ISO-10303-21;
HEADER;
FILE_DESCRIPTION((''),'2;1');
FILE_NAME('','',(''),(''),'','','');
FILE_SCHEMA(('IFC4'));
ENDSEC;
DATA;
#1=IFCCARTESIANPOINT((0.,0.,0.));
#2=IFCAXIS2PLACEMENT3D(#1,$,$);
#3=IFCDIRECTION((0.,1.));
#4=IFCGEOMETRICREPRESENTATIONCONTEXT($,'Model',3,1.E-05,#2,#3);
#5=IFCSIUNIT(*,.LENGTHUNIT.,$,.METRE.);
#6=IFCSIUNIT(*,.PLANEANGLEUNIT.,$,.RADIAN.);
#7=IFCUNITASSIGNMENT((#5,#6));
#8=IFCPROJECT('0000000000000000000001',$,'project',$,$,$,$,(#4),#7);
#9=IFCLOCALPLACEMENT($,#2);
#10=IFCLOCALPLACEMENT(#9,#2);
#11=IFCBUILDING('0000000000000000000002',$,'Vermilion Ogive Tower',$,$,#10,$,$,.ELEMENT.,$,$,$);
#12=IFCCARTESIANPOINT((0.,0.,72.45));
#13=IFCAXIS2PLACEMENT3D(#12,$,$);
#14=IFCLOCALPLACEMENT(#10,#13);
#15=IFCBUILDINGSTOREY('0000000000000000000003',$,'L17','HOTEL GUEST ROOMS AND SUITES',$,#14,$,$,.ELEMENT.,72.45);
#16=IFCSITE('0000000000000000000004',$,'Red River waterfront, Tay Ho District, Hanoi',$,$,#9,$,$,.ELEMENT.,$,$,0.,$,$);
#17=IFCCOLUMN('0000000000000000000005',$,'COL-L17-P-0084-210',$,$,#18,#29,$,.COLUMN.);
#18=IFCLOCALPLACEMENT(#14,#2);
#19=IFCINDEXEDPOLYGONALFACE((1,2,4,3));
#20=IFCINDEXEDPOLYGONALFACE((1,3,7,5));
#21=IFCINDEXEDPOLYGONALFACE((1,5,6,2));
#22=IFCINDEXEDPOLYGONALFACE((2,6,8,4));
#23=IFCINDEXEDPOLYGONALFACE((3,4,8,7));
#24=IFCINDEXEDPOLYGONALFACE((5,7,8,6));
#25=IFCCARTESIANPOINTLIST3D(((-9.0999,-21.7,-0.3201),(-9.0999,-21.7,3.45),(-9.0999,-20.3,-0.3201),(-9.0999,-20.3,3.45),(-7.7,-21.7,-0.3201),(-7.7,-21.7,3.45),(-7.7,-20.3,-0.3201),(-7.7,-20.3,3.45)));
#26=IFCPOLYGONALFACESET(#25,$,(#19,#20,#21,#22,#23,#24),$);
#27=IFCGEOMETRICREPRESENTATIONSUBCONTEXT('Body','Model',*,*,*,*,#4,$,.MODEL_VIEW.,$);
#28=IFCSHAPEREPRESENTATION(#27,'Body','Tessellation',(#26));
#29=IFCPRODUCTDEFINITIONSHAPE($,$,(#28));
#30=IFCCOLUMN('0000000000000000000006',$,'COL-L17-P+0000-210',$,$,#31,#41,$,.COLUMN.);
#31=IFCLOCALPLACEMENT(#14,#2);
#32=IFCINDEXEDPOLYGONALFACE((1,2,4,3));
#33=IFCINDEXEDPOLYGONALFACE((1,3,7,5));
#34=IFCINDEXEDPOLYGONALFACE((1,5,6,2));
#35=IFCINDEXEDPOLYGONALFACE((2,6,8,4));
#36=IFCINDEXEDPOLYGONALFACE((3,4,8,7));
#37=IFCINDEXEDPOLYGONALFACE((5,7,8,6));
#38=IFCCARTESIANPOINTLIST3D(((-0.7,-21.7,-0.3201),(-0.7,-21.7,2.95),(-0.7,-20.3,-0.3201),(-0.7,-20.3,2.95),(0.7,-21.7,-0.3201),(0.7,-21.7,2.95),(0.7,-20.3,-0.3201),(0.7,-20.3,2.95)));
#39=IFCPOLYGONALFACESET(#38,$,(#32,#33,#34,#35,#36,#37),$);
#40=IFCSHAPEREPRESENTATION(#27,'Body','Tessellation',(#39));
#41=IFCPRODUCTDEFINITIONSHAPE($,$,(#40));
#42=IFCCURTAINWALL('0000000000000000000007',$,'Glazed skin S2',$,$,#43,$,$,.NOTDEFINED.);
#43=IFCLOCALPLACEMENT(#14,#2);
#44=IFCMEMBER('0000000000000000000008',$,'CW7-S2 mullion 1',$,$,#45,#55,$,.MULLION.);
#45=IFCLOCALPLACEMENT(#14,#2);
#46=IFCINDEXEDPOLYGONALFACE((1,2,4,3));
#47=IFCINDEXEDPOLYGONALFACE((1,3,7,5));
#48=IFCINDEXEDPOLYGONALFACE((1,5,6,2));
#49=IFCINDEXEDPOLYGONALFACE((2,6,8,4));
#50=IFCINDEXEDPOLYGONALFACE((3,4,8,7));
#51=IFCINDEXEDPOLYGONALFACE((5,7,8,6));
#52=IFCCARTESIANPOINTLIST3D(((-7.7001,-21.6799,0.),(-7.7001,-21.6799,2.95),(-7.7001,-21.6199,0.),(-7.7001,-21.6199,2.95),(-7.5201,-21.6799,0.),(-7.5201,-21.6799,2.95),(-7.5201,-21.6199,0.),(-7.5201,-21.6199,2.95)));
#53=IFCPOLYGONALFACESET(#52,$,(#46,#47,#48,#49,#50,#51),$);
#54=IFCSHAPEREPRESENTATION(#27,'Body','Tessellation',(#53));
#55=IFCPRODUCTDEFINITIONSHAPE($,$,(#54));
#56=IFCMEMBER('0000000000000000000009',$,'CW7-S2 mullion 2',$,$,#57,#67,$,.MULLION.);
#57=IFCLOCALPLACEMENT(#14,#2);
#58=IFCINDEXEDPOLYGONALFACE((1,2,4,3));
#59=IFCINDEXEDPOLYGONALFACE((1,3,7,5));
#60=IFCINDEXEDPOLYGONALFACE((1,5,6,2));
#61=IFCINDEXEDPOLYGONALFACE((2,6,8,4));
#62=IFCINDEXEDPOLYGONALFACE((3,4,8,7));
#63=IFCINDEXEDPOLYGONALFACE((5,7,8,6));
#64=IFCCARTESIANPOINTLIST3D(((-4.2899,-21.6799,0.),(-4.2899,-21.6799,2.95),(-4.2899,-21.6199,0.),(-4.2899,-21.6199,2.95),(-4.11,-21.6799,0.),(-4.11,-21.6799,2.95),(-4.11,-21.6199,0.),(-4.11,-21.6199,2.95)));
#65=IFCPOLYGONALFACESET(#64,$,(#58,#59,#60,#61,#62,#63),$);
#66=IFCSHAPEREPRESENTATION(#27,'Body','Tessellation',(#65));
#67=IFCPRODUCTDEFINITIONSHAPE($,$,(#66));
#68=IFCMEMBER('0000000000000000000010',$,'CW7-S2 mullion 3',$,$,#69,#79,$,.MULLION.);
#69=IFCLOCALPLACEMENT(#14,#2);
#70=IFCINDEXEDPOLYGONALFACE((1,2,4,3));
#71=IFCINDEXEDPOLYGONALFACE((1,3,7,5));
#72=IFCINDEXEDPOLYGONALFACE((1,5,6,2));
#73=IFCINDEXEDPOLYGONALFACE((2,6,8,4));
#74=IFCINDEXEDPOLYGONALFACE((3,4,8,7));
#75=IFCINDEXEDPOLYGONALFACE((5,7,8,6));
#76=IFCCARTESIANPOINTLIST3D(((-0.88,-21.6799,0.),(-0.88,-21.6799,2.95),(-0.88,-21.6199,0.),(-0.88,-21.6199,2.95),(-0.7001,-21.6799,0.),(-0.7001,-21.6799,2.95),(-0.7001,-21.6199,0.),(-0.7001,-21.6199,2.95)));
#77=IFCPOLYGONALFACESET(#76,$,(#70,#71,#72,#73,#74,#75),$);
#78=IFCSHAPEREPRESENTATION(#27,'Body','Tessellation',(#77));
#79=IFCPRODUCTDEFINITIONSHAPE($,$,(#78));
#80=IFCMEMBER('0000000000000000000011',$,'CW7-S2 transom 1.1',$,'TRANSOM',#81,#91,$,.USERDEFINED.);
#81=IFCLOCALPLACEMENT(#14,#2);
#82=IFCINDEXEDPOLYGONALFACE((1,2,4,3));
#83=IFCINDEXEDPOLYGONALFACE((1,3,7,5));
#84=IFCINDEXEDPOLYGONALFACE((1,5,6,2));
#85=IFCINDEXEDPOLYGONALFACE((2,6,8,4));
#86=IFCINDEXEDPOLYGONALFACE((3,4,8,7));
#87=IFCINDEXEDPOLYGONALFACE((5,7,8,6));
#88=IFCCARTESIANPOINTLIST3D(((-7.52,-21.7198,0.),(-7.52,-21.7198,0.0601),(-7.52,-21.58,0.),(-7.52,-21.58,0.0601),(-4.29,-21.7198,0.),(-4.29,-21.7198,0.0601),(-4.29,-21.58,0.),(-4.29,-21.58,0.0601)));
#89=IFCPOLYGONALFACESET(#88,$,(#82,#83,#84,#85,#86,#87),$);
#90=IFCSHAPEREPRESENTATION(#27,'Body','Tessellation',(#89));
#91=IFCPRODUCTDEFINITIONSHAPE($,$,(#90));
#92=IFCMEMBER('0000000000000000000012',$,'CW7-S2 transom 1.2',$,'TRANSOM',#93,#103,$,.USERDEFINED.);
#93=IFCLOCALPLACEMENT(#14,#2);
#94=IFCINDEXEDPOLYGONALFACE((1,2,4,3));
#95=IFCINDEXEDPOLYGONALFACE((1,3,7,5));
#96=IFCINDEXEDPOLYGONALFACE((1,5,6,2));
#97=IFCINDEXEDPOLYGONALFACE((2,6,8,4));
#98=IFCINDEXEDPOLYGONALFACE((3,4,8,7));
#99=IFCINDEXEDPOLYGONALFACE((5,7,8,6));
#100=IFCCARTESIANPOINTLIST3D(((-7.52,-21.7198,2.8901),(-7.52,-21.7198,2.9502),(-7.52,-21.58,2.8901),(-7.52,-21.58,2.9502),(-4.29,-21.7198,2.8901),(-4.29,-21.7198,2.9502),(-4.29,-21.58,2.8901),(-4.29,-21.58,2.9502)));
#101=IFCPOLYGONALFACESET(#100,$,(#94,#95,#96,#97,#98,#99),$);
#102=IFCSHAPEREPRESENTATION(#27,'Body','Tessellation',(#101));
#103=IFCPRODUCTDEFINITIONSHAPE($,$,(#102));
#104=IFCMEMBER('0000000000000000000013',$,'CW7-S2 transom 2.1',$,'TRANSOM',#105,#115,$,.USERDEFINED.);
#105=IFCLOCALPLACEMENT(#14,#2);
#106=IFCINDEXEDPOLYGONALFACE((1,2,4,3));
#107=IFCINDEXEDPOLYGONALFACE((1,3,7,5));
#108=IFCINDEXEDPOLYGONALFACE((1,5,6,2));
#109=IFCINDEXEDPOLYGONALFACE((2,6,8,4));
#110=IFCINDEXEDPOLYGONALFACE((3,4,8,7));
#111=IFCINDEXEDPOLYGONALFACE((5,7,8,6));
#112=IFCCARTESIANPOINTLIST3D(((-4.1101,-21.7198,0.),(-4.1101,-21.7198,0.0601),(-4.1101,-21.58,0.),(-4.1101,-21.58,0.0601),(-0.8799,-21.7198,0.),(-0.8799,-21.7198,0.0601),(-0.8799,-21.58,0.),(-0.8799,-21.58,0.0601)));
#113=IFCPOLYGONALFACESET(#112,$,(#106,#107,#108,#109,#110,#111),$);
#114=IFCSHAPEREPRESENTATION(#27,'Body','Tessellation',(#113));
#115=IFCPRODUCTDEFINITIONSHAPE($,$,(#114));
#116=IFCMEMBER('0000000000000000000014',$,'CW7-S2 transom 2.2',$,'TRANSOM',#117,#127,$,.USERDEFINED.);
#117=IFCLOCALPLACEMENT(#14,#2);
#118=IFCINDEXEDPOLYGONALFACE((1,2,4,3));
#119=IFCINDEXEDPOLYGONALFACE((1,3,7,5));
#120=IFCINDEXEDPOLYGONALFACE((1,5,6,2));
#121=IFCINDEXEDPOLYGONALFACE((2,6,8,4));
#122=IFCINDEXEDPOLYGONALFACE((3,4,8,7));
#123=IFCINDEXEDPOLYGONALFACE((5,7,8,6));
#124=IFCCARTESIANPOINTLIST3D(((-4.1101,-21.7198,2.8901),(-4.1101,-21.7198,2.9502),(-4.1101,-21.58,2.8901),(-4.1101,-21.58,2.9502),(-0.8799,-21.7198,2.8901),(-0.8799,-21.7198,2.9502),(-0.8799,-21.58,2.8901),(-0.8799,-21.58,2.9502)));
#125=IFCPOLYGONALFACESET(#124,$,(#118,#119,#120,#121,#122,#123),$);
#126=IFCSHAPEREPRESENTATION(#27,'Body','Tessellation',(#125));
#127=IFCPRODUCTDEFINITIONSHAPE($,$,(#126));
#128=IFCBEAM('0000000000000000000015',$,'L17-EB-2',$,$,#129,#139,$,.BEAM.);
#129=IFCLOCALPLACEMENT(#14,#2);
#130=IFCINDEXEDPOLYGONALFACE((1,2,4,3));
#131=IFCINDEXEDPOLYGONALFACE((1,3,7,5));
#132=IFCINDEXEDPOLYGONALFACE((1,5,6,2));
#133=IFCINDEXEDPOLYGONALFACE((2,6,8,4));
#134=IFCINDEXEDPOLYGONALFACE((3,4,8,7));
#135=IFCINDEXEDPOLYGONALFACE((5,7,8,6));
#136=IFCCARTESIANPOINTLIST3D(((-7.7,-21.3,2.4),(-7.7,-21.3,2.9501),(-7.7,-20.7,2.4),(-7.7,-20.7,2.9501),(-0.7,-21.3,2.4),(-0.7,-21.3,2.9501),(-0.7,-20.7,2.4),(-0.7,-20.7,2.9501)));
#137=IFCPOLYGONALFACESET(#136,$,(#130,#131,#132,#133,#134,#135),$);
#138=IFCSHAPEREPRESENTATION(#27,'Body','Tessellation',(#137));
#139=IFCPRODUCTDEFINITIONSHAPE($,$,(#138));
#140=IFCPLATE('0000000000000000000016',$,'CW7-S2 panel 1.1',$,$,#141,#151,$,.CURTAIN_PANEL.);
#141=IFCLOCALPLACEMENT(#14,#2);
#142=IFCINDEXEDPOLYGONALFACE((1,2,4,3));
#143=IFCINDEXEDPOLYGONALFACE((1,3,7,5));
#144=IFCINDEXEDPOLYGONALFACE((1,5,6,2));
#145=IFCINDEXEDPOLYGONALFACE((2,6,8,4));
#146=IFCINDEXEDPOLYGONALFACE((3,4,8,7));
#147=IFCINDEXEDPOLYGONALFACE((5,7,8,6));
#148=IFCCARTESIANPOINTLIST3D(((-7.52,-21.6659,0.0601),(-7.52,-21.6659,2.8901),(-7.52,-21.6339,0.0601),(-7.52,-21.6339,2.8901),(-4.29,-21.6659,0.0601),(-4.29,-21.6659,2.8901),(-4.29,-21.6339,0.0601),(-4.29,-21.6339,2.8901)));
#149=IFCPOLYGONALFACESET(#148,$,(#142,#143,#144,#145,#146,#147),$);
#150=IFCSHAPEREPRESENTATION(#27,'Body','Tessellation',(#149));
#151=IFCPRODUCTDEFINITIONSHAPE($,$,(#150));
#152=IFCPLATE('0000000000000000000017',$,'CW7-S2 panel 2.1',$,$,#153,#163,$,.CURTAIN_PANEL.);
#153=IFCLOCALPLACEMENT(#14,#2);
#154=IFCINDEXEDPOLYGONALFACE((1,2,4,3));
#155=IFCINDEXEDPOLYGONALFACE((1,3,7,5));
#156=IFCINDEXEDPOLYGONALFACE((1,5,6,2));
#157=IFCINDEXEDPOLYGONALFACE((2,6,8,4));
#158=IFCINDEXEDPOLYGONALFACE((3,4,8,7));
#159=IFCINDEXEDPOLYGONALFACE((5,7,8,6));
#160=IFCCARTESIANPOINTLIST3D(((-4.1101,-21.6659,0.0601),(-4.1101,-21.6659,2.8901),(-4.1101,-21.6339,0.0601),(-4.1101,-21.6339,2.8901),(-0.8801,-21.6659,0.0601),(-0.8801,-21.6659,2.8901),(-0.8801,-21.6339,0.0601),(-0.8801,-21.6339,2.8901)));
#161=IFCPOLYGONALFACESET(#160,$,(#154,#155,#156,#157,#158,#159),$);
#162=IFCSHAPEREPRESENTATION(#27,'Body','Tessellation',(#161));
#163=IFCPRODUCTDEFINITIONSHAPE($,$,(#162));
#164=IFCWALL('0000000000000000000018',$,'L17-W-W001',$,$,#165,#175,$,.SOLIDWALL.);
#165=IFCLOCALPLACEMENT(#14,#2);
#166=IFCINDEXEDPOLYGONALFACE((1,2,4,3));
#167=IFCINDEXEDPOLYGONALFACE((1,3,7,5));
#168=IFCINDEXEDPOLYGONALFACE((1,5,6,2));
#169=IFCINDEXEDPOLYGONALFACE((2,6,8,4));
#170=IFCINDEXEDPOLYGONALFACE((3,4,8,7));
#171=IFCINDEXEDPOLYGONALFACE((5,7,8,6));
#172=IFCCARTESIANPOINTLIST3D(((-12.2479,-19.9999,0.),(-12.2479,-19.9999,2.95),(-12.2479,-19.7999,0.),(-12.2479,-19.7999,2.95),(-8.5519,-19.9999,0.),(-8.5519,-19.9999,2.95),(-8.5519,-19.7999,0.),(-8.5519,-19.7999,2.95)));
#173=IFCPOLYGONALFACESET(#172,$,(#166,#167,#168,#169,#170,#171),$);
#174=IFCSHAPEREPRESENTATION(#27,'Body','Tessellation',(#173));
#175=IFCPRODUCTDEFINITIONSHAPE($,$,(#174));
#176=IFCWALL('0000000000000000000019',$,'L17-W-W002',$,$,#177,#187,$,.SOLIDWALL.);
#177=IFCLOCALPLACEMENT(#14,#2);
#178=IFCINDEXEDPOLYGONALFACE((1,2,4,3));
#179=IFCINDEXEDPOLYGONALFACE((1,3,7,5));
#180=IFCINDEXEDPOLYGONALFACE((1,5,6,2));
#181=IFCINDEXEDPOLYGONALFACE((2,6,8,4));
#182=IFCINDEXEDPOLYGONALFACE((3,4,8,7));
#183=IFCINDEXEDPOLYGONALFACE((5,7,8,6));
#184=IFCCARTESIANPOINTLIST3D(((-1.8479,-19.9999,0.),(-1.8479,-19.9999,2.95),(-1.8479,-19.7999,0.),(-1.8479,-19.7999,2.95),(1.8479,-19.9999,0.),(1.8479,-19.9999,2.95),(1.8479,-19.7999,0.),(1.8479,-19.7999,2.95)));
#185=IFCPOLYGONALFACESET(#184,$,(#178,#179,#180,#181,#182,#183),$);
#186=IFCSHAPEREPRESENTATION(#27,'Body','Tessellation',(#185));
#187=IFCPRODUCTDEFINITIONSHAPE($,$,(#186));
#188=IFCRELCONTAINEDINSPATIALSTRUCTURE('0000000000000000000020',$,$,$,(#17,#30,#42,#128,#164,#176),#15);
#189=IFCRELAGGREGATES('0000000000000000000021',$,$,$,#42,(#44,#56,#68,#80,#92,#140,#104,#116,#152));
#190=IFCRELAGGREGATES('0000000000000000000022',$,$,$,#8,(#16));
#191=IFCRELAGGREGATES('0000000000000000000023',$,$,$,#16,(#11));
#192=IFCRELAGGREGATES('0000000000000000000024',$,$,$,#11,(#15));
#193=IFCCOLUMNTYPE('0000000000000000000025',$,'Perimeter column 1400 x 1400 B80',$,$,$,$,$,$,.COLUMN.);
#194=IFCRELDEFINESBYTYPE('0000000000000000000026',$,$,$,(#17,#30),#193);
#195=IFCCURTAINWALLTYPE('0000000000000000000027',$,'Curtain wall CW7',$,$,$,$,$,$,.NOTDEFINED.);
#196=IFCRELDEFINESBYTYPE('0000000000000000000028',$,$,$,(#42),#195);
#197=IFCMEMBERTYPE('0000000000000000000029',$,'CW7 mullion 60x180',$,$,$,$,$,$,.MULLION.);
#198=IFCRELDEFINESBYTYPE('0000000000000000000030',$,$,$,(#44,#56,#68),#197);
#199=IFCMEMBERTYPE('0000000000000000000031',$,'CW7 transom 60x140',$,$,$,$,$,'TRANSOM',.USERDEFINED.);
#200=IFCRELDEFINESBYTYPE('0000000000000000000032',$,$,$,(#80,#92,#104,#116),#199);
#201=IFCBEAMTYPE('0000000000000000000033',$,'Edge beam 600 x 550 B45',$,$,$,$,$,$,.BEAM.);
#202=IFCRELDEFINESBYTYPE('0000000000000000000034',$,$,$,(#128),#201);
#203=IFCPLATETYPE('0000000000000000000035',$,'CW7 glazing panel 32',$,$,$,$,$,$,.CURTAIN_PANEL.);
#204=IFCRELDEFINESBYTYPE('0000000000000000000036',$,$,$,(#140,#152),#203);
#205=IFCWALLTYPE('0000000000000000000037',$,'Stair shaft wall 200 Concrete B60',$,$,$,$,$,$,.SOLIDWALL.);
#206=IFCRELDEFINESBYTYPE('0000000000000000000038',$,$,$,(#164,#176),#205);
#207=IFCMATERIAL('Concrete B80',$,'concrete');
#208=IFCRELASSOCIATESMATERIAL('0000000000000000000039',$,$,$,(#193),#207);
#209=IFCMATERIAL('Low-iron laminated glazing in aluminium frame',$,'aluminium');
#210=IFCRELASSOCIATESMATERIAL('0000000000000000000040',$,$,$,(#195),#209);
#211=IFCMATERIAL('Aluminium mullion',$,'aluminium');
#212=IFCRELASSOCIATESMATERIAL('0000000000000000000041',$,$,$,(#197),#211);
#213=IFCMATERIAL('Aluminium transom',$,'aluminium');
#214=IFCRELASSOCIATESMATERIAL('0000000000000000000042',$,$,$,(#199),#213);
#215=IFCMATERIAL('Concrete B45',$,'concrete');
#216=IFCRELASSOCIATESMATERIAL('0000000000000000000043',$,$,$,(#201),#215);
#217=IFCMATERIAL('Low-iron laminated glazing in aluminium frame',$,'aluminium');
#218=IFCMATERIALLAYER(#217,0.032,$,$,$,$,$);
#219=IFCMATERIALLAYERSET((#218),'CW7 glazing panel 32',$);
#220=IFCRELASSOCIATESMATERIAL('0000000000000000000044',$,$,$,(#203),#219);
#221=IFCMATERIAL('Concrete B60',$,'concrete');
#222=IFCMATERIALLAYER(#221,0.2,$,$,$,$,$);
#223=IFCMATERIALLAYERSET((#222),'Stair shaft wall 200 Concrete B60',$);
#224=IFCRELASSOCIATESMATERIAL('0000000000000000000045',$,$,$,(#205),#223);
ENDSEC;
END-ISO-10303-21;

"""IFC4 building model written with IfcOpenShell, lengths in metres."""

from ifc_helpers import new_model, si_unit, direction, frame, frame_2d, origin, origin_2d, place, context, subcontext, project, spatial, rectangle, extrude, material, layer, layer_set, material_profile, profile_set, type_object, element, aggregate, save


model = new_model("IFC4")

# Units and contexts
model_context = context("Model", 3, precision=1e-05, world=origin(), true_north=direction((0.0, 1.0)))
body_context = subcontext(model_context, "Body", "Model", "MODEL_VIEW")
ifc_project = project(units=[si_unit("LENGTHUNIT", "METRE"), si_unit("PLANEANGLEUNIT", "RADIAN")], contexts=[model_context])

# Site, building, storey
site_placement = place(None, origin())
site = spatial("IfcSite", under=ifc_project, at=site_placement, Name="Red River waterfront, Tay Ho District, Hanoi", CompositionType="ELEMENT", RefElevation=0.0)
building_placement = place(site_placement, origin())
building = spatial("IfcBuilding", under=site, at=building_placement, Name="Vermilion Ogive Tower", CompositionType="ELEMENT")
storey_placement = place(building_placement, frame((0.0, 0.0, 72.45)))
storey = spatial("IfcBuildingStorey", under=building, at=storey_placement, Name="L17", Description="HOTEL GUEST ROOMS AND SUITES", CompositionType="ELEMENT", Elevation=72.45)

# Columns
ifc_material_1 = material(Name="Concrete B80", Category="concrete")
ifc_material_profile_1 = material_profile(ifc_material_1, rectangle(XDim=1.3999, YDim=1.3999, at=origin_2d()), Name="1400 x 1400")
ifc_profile_set_1 = profile_set([ifc_material_profile_1], Name="Concrete B80")
column_type = type_object("IfcColumnType", Name="Perimeter column 1400 x 1400 B80", PredefinedType="COLUMN", material=ifc_profile_set_1)
column_1_placement = place(storey_placement, frame((-8.3999, -21.0, -0.3201), z_axis=(0.0, 0.0, 1.0), x_axis=(1.0, 0.0, 0.0)))
element("IfcColumn", 1, at=column_1_placement, inside=storey, type_object=column_type, Name="COL-L17-P-0084-210", PredefinedType="COLUMN", context=body_context, shape_type="SweptSolid", body=[
    extrude(rectangle(XDim=1.3999, YDim=1.3999, at=origin_2d()), origin(), (0.0, 0.0, 1.0), 3.77),
])
column_2_placement = place(storey_placement, frame((0.0, -21.0, -0.3201), z_axis=(0.0, 0.0, 1.0), x_axis=(1.0, 0.0, 0.0)))
element("IfcColumn", 2, at=column_2_placement, inside=storey, type_object=column_type, Name="COL-L17-P+0000-210", PredefinedType="COLUMN", context=body_context, shape_type="SweptSolid", body=[
    extrude(rectangle(XDim=1.3999, YDim=1.3999, at=origin_2d()), origin(), (0.0, 0.0, 1.0), 3.27),
])

# Curtain wall, members
ifc_material_2 = material(Name="Low-iron laminated glazing in aluminium frame", Category="aluminium")
curtain_wall_type = type_object("IfcCurtainWallType", Name="Curtain wall CW7", PredefinedType="NOTDEFINED", material=ifc_material_2)
curtain_wall_placement = place(storey_placement, origin())
curtain_wall = element("IfcCurtainWall", 3, at=curtain_wall_placement, inside=storey, type_object=curtain_wall_type, Name="Glazed skin S2", PredefinedType="NOTDEFINED")
ifc_material_3 = material(Name="Aluminium mullion", Category="aluminium")
ifc_material_profile_2 = material_profile(ifc_material_3, rectangle(XDim=0.0601, YDim=0.1799, at=origin_2d()), Name="AL 60x180")
ifc_profile_set_2 = profile_set([ifc_material_profile_2], Name="Aluminium mullion")
member_type_1 = type_object("IfcMemberType", Name="CW7 mullion 60x180", PredefinedType="MULLION", material=ifc_profile_set_2)
member_1_placement = place(storey_placement, frame((-7.6101, -21.6499, 0.0), z_axis=(0.0, 0.0, 1.0), x_axis=(0.0, 1.0, 0.0)))
member_1 = element("IfcMember", 4, at=member_1_placement, type_object=member_type_1, Name="CW7-S2 mullion 1", PredefinedType="MULLION", context=body_context, shape_type="SweptSolid", body=[
    extrude(rectangle(XDim=0.0601, YDim=0.1799, at=origin_2d()), origin(), (0.0, 0.0, 1.0), 2.95),
])
member_2_placement = place(storey_placement, frame((-4.2, -21.6499, 0.0), z_axis=(0.0, 0.0, 1.0), x_axis=(0.0, 1.0, 0.0)))
member_2 = element("IfcMember", 5, at=member_2_placement, type_object=member_type_1, Name="CW7-S2 mullion 2", PredefinedType="MULLION", context=body_context, shape_type="SweptSolid", body=[
    extrude(rectangle(XDim=0.0601, YDim=0.1799, at=origin_2d()), origin(), (0.0, 0.0, 1.0), 2.95),
])
member_3_placement = place(storey_placement, frame((-0.79, -21.6499, 0.0), z_axis=(0.0, 0.0, 1.0), x_axis=(0.0, 1.0, 0.0)))
member_3 = element("IfcMember", 6, at=member_3_placement, type_object=member_type_1, Name="CW7-S2 mullion 3", PredefinedType="MULLION", context=body_context, shape_type="SweptSolid", body=[
    extrude(rectangle(XDim=0.0601, YDim=0.1799, at=origin_2d()), origin(), (0.0, 0.0, 1.0), 2.95),
])
ifc_material_4 = material(Name="Aluminium transom", Category="aluminium")
ifc_material_profile_3 = material_profile(ifc_material_4, rectangle(XDim=0.1399, YDim=0.0601, at=origin_2d()), Name="AL 60x140")
ifc_profile_set_3 = profile_set([ifc_material_profile_3], Name="Aluminium transom")
member_type_2 = type_object("IfcMemberType", Name="CW7 transom 60x140", ElementType="TRANSOM", PredefinedType="USERDEFINED", material=ifc_profile_set_3)
member_4_placement = place(storey_placement, frame((-7.52, -21.6499, 0.03), z_axis=(1.0, 0.0, 0.0), x_axis=(0.0, 1.0, 0.0)))
member_4 = element("IfcMember", 7, at=member_4_placement, type_object=member_type_2, Name="CW7-S2 transom 1.1", ObjectType="TRANSOM", PredefinedType="USERDEFINED", context=body_context, shape_type="SweptSolid", body=[
    extrude(rectangle(XDim=0.1399, YDim=0.0601, at=origin_2d()), origin(), (0.0, 0.0, 1.0), 3.23),
])
member_5_placement = place(storey_placement, frame((-7.52, -21.6499, 2.9202), z_axis=(1.0, 0.0, 0.0), x_axis=(0.0, 1.0, 0.0)))
member_5 = element("IfcMember", 8, at=member_5_placement, type_object=member_type_2, Name="CW7-S2 transom 1.2", ObjectType="TRANSOM", PredefinedType="USERDEFINED", context=body_context, shape_type="SweptSolid", body=[
    extrude(rectangle(XDim=0.1399, YDim=0.0601, at=origin_2d()), origin(), (0.0, 0.0, 1.0), 3.23),
])
member_6_placement = place(storey_placement, frame((-4.1101, -21.6499, 0.03), z_axis=(1.0, 0.0, 0.0), x_axis=(0.0, 1.0, 0.0)))
member_6 = element("IfcMember", 9, at=member_6_placement, type_object=member_type_2, Name="CW7-S2 transom 2.1", ObjectType="TRANSOM", PredefinedType="USERDEFINED", context=body_context, shape_type="SweptSolid", body=[
    extrude(rectangle(XDim=0.1399, YDim=0.0601, at=origin_2d()), origin(), (0.0, 0.0, 1.0), 3.2302),
])
member_7_placement = place(storey_placement, frame((-4.1101, -21.6499, 2.9202), z_axis=(1.0, 0.0, 0.0), x_axis=(0.0, 1.0, 0.0)))
member_7 = element("IfcMember", 10, at=member_7_placement, type_object=member_type_2, Name="CW7-S2 transom 2.2", ObjectType="TRANSOM", PredefinedType="USERDEFINED", context=body_context, shape_type="SweptSolid", body=[
    extrude(rectangle(XDim=0.1399, YDim=0.0601, at=origin_2d()), origin(), (0.0, 0.0, 1.0), 3.2302),
])

# Beam
ifc_material_5 = material(Name="Concrete B45", Category="concrete")
ifc_material_profile_4 = material_profile(ifc_material_5, rectangle(XDim=0.6001, YDim=0.55, at=origin_2d()), Name="600 x 550")
ifc_profile_set_4 = profile_set([ifc_material_profile_4], Name="Concrete B45")
beam_type = type_object("IfcBeamType", Name="Edge beam 600 x 550 B45", PredefinedType="BEAM", material=ifc_profile_set_4)
beam_placement = place(storey_placement, frame((-7.7, -21.0, 2.675), z_axis=(1.0, 0.0, 0.0), x_axis=(0.0, 1.0, 0.0)))
element("IfcBeam", 11, at=beam_placement, inside=storey, type_object=beam_type, Name="L17-EB-2", PredefinedType="BEAM", context=body_context, shape_type="SweptSolid", body=[
    extrude(rectangle(XDim=0.6001, YDim=0.55, at=origin_2d()), origin(), (0.0, 0.0, 1.0), 7.0),
])

# Plates
ifc_material_6 = material(Name="Low-iron laminated glazing in aluminium frame", Category="aluminium")
ifc_layer_1 = layer(ifc_material_6, 0.032)
ifc_layer_set_1 = layer_set([ifc_layer_1], Name="CW7 glazing panel 32")
plate_type = type_object("IfcPlateType", Name="CW7 glazing panel 32", PredefinedType="CURTAIN_PANEL", material=ifc_layer_set_1)
plate_1_placement = place(storey_placement, frame((-5.905, -21.6499, 0.0601), z_axis=(0.0, 0.0, 1.0), x_axis=(1.0, 0.0, 0.0)))
plate_1 = element("IfcPlate", 12, at=plate_1_placement, type_object=plate_type, Name="CW7-S2 panel 1.1", PredefinedType="CURTAIN_PANEL", context=body_context, shape_type="SweptSolid", body=[
    extrude(rectangle(XDim=3.23, YDim=0.032, at=origin_2d()), origin(), (0.0, 0.0, 1.0), 2.8301),
])
plate_2_placement = place(storey_placement, frame((-2.4951, -21.6499, 0.0601), z_axis=(0.0, 0.0, 1.0), x_axis=(1.0, 0.0, 0.0)))
plate_2 = element("IfcPlate", 13, at=plate_2_placement, type_object=plate_type, Name="CW7-S2 panel 2.1", PredefinedType="CURTAIN_PANEL", context=body_context, shape_type="SweptSolid", body=[
    extrude(rectangle(XDim=3.23, YDim=0.032, at=origin_2d()), origin(), (0.0, 0.0, 1.0), 2.8301),
])
aggregate(curtain_wall, [member_1, member_2, member_3, member_4, member_5, plate_1, member_6, member_7, plate_2])

# Walls
ifc_material_7 = material(Name="Concrete B60", Category="concrete")
ifc_layer_2 = layer(ifc_material_7, 0.2)
ifc_layer_set_2 = layer_set([ifc_layer_2], Name="Stair shaft wall 200 Concrete B60")
wall_type_1 = type_object("IfcWallType", Name="Stair shaft wall 200 Concrete B60", PredefinedType="SOLIDWALL", material=ifc_layer_set_2)
wall_1_placement = place(storey_placement, frame((-12.248, -19.8999, 0.0), z_axis=(0.0, 0.0, 1.0), x_axis=(1.0, 0.0, 0.0)))
element("IfcWall", 14, at=wall_1_placement, inside=storey, type_object=wall_type_1, Name="L17-W-W001", PredefinedType="SOLIDWALL", context=body_context, shape_type="SweptSolid", body=[
    extrude(rectangle(XDim=3.696, YDim=0.2, at=frame_2d((1.8481, 0.0))), origin(), (0.0, 0.0, 1.0), 2.95),
])
wall_2_placement = place(storey_placement, frame((-1.8479, -19.8999, 0.0), z_axis=(0.0, 0.0, 1.0), x_axis=(1.0, 0.0, 0.0)))
element("IfcWall", 15, at=wall_2_placement, inside=storey, type_object=wall_type_1, Name="L17-W-W002", PredefinedType="SOLIDWALL", context=body_context, shape_type="SweptSolid", body=[
    extrude(rectangle(XDim=3.6958, YDim=0.2, at=frame_2d((1.8479, 0.0))), origin(), (0.0, 0.0, 1.0), 2.95),
])

save(model, "model.ifc")
